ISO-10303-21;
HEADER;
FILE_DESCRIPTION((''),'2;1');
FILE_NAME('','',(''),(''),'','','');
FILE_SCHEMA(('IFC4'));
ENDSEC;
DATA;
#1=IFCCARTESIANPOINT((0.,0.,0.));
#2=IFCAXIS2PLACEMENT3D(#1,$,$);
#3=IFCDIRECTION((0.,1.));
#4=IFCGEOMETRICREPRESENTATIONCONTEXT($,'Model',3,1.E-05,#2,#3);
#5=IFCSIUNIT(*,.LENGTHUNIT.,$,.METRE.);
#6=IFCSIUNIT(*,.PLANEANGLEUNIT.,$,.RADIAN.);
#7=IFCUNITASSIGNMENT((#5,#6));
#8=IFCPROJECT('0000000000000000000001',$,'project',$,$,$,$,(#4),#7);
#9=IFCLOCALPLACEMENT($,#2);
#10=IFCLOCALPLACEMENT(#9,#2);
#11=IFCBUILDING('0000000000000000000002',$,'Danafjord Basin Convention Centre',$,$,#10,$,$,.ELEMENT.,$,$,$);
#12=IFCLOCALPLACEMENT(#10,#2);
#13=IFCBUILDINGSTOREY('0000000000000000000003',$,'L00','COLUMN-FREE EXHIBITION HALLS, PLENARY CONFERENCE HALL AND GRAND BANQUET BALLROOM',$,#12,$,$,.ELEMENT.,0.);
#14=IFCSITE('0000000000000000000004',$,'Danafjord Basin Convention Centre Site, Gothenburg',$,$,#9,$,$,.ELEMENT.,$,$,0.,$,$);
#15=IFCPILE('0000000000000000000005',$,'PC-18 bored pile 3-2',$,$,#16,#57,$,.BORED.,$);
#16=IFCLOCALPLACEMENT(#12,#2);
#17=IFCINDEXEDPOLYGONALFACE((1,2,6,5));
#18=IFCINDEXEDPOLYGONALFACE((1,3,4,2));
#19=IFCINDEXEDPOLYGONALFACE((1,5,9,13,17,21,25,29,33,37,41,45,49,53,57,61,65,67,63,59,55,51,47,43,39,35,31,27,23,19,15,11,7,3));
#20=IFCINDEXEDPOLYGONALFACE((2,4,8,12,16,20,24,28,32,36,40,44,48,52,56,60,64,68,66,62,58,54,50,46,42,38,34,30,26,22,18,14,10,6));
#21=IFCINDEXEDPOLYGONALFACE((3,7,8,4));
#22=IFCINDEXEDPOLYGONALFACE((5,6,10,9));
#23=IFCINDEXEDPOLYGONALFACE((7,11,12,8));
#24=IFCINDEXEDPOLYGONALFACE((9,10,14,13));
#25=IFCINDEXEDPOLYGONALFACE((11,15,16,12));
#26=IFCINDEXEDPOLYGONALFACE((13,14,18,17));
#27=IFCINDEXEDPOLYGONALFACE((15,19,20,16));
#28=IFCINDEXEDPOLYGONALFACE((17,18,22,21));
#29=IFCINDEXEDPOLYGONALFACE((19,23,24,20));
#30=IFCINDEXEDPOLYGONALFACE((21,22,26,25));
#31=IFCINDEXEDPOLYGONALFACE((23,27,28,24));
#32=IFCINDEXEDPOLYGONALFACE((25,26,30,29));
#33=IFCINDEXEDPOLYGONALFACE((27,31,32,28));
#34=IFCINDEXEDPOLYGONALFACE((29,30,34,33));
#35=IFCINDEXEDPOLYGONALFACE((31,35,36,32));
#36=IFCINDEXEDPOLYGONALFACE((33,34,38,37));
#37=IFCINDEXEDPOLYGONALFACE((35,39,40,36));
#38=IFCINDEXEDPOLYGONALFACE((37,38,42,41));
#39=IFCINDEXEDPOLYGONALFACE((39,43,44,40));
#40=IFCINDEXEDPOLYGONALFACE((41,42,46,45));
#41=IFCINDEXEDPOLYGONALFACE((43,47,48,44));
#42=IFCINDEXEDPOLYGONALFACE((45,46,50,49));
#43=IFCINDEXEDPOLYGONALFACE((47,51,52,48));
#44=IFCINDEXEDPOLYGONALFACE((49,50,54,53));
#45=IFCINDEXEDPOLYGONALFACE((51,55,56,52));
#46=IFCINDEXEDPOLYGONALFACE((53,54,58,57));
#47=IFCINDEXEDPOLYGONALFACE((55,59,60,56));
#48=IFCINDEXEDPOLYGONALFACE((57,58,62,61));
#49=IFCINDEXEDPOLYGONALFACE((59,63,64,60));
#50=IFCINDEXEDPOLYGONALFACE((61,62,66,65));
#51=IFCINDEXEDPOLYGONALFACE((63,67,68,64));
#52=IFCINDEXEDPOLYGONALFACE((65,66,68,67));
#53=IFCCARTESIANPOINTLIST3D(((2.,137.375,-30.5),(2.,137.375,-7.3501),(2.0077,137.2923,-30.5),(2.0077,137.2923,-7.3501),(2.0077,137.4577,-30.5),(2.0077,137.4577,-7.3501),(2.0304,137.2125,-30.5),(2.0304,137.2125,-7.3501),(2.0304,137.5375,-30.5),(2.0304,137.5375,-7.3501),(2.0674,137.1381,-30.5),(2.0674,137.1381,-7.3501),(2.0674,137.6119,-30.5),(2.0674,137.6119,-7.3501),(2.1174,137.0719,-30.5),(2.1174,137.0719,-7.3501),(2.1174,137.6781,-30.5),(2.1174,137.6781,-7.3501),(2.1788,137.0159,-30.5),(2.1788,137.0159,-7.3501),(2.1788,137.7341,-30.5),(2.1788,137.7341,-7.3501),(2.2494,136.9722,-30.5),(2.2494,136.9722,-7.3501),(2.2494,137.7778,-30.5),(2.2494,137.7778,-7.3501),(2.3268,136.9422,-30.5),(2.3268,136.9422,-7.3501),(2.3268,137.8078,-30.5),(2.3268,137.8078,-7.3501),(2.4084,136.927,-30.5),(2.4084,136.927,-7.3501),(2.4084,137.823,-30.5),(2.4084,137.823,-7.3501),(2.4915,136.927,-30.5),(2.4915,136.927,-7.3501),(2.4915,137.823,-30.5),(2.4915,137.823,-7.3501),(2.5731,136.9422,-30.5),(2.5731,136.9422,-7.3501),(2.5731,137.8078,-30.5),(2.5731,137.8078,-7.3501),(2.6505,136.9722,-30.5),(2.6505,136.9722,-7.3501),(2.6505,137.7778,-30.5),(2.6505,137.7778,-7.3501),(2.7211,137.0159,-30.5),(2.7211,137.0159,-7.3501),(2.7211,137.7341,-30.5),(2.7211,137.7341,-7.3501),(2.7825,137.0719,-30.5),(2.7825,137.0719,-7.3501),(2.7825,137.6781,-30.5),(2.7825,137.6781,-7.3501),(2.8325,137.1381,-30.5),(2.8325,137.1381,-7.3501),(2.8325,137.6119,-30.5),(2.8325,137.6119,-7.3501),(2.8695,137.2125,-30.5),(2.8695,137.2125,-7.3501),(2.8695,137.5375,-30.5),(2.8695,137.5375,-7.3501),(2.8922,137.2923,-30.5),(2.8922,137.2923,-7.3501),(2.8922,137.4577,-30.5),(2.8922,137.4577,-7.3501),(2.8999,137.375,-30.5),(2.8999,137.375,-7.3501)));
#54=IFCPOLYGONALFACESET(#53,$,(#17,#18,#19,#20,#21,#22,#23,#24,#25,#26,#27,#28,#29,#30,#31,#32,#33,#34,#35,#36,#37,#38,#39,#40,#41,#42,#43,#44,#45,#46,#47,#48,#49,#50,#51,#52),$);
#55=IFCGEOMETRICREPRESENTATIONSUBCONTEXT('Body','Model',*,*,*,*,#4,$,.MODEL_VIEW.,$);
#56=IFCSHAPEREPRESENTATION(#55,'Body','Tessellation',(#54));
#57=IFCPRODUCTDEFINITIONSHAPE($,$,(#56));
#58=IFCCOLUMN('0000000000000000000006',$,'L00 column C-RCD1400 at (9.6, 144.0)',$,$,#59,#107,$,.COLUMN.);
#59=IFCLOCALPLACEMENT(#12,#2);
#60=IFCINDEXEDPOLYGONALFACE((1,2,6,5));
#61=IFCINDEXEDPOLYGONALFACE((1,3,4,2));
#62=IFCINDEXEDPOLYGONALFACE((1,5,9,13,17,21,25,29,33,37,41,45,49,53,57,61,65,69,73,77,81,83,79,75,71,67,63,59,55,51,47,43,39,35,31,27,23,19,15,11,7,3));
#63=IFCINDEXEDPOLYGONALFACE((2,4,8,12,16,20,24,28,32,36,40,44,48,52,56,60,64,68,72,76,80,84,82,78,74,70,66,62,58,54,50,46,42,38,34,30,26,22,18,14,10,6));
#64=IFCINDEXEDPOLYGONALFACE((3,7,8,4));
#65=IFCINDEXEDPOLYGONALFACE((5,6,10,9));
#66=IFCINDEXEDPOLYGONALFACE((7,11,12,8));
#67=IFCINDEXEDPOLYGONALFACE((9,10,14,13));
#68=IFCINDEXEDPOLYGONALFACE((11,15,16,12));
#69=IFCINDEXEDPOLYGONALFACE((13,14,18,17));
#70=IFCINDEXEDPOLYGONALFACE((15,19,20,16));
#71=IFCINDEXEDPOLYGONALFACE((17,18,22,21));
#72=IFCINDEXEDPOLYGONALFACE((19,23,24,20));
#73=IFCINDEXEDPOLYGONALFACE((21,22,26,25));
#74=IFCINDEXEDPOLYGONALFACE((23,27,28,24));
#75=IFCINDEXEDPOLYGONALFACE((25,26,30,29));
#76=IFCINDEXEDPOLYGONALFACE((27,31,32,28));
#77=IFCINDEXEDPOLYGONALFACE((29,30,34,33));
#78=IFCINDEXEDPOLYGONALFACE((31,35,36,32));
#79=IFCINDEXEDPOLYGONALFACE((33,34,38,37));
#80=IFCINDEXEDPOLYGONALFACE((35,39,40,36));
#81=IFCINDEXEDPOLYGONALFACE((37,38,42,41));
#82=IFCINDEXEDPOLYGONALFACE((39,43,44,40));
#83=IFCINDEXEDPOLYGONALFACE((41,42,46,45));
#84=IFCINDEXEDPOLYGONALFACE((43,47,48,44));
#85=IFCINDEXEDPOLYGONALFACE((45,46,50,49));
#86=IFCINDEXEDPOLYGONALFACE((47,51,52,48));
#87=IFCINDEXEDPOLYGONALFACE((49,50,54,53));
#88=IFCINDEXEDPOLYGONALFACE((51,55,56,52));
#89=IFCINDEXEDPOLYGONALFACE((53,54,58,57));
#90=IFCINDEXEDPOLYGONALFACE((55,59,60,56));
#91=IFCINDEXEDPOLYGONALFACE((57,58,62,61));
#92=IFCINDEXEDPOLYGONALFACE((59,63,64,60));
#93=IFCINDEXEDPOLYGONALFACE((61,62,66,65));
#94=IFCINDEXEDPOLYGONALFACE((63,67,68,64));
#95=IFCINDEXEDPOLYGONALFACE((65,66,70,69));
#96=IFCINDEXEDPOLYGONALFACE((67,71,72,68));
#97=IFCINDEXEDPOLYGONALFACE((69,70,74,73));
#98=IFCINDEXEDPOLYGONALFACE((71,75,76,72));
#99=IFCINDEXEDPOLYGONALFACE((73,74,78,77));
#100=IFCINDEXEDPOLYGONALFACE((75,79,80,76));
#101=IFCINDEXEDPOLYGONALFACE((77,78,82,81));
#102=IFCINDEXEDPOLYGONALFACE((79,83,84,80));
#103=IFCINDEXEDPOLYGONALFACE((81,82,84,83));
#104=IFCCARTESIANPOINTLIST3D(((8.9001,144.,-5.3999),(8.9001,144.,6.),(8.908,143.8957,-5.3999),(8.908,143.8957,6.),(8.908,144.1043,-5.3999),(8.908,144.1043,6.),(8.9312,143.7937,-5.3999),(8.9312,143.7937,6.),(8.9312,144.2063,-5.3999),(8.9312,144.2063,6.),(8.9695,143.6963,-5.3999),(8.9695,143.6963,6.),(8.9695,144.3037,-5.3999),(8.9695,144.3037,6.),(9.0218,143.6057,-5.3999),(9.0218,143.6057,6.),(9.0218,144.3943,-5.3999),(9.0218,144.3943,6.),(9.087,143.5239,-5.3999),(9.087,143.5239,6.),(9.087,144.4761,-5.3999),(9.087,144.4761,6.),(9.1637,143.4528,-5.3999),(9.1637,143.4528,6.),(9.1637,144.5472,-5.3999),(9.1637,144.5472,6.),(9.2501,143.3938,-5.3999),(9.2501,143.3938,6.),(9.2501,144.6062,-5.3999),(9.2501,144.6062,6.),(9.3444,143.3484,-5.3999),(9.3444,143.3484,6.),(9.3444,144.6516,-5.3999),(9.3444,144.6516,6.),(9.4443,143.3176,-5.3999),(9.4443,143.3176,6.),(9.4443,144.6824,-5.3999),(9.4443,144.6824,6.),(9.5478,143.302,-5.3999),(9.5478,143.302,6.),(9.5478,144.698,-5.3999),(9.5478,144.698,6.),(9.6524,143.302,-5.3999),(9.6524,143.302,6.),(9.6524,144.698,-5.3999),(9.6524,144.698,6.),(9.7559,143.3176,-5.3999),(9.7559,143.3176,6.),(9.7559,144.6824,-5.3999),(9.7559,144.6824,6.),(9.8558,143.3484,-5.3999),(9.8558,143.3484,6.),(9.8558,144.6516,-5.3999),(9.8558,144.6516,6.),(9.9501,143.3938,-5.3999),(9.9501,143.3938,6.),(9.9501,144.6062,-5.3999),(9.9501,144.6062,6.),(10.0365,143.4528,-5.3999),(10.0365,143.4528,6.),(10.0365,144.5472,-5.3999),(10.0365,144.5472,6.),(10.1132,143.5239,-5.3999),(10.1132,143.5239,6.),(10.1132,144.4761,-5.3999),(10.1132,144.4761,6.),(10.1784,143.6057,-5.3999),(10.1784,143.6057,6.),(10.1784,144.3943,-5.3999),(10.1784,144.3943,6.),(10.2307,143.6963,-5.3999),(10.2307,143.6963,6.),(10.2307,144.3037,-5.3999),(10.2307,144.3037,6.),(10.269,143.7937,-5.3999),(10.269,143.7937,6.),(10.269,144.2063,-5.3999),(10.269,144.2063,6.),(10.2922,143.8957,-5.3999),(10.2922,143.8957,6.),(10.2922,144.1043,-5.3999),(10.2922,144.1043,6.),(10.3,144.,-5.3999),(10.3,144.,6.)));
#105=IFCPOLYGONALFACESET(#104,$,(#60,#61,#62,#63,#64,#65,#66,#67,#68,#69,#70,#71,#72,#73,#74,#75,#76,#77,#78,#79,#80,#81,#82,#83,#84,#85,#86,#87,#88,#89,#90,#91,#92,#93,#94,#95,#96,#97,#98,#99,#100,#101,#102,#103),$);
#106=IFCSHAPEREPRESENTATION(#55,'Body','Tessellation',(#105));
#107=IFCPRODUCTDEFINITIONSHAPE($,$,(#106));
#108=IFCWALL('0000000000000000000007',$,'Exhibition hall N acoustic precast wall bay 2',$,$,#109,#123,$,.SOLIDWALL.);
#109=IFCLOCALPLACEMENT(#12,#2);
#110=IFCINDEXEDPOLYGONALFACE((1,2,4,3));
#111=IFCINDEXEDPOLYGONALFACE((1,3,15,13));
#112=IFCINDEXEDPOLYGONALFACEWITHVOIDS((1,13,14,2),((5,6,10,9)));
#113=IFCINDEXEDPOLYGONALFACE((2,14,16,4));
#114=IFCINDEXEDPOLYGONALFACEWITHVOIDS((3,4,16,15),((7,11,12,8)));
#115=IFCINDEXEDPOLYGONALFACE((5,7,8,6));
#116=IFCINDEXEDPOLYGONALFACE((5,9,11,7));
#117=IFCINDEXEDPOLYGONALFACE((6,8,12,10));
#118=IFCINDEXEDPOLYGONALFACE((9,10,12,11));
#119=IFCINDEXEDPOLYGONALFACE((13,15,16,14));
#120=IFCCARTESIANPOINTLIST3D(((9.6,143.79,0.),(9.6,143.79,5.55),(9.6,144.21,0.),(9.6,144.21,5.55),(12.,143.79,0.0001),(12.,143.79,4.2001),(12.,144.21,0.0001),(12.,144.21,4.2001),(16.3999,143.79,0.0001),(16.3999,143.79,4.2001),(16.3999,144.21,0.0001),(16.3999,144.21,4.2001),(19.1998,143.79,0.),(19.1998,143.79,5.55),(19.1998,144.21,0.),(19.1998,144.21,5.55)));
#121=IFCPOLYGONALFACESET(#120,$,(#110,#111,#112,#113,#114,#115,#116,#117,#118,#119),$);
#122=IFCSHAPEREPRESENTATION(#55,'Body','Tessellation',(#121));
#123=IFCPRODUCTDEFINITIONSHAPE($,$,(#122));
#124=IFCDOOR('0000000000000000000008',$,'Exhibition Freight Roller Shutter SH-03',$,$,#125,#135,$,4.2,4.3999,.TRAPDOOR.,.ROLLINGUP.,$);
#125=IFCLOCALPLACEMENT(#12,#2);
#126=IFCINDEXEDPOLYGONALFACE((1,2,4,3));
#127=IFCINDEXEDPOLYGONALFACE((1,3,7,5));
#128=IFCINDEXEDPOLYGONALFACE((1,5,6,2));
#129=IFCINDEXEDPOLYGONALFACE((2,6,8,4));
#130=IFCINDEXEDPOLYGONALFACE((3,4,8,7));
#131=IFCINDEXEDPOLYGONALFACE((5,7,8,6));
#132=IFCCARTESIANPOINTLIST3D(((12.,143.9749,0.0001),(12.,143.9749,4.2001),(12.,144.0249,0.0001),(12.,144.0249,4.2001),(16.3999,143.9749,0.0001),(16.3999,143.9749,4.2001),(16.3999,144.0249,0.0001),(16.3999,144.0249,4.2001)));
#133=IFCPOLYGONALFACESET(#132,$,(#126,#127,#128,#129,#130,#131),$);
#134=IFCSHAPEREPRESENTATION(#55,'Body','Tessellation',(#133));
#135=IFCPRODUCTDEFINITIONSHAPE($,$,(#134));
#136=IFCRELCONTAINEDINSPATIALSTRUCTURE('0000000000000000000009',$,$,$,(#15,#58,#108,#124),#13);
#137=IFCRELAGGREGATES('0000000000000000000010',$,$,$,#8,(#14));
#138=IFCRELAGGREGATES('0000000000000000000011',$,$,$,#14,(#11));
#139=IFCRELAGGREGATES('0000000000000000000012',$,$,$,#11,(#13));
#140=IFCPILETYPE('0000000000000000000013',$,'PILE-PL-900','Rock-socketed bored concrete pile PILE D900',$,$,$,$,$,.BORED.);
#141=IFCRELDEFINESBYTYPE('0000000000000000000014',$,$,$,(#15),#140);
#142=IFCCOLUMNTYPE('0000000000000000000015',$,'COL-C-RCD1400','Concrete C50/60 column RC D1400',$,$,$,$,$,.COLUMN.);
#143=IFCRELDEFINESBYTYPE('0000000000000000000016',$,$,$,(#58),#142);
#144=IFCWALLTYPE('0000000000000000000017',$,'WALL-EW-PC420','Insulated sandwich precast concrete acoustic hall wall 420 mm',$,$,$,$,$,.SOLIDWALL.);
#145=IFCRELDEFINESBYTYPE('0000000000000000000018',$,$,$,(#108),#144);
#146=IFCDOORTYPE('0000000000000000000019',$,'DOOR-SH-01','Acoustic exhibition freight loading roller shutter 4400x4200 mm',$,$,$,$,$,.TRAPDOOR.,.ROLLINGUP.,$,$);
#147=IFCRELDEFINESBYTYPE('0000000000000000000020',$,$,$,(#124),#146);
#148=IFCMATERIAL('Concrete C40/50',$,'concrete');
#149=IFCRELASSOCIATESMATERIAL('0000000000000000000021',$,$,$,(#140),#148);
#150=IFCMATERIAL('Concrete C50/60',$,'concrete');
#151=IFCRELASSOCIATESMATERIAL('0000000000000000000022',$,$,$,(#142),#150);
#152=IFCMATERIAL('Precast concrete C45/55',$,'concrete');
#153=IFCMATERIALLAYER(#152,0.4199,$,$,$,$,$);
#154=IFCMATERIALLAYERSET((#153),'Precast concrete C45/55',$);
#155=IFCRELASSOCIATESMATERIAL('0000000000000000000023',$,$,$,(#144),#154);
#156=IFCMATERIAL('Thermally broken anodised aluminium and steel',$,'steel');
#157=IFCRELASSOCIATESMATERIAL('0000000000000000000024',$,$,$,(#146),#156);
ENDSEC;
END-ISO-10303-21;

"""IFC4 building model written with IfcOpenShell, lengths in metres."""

from ifc_helpers import new_model, si_unit, direction, frame, frame_2d, origin, origin_2d, place, context, subcontext, project, spatial, rectangle, circle, extrude, material, layer, layer_set, material_profile, profile_set, type_object, element, fill, save


model = new_model("IFC4")

# Units and contexts
model_context = context("Model", 3, precision=1e-05, world=origin(), true_north=direction((0.0, 1.0)))
body_context = subcontext(model_context, "Body", "Model", "MODEL_VIEW")
ifc_project = project(units=[si_unit("LENGTHUNIT", "METRE"), si_unit("PLANEANGLEUNIT", "RADIAN")], contexts=[model_context])

# Site, building, storey
site_placement = place(None, origin())
site = spatial("IfcSite", under=ifc_project, at=site_placement, Name="Danafjord Basin Convention Centre Site, Gothenburg", CompositionType="ELEMENT", RefElevation=0.0)
building_placement = place(site_placement, origin())
building = spatial("IfcBuilding", under=site, at=building_placement, Name="Danafjord Basin Convention Centre", CompositionType="ELEMENT")
storey_placement = place(building_placement, origin())
storey = spatial("IfcBuildingStorey", under=building, at=storey_placement, Name="L00", Description="COLUMN-FREE EXHIBITION HALLS, PLENARY CONFERENCE HALL AND GRAND BANQUET BALLROOM", CompositionType="ELEMENT", Elevation=0.0)

# Shared definitions
ifc_material_1 = material(Name="Concrete C40/50", Category="concrete")

# Pile
ifc_material_profile_1 = material_profile(ifc_material_1, circle(Radius=0.45, at=origin_2d()), Name="PILE D900")
ifc_profile_set_1 = profile_set([ifc_material_profile_1], Name="Concrete C40/50")
pile_type_1 = type_object("IfcPileType", Name="PILE-PL-900", Description="Rock-socketed bored concrete pile PILE D900", PredefinedType="BORED", material=ifc_profile_set_1)
pile_1_placement = place(storey_placement, frame((2.45, 137.375, -7.3501), z_axis=(0.0, 0.0, -1.0), x_axis=(1.0, 0.0, 0.0)))
element("IfcPile", 1, at=pile_1_placement, inside=storey, type_object=pile_type_1, Name="PC-18 bored pile 3-2", PredefinedType="BORED", context=body_context, shape_type="SweptSolid", body=[
    extrude(circle(Radius=0.45, at=origin_2d()), origin(), (0.0, 0.0, 1.0), 23.1499),
])

# Column
ifc_material_2 = material(Name="Concrete C50/60", Category="concrete")
ifc_material_profile_2 = material_profile(ifc_material_2, circle(Radius=0.7, at=origin_2d()), Name="RC D1400")
ifc_profile_set_2 = profile_set([ifc_material_profile_2], Name="Concrete C50/60")
column_type = type_object("IfcColumnType", Name="COL-C-RCD1400", Description="Concrete C50/60 column RC D1400", PredefinedType="COLUMN", material=ifc_profile_set_2)
column_placement = place(storey_placement, frame((9.6001, 144.0, -5.3999), z_axis=(0.0, 0.0, 1.0), x_axis=(1.0, 0.0, 0.0)))
element("IfcColumn", 2, at=column_placement, inside=storey, type_object=column_type, Name="L00 column C-RCD1400 at (9.6, 144.0)", PredefinedType="COLUMN", context=body_context, shape_type="SweptSolid", body=[
    extrude(circle(Radius=0.7, at=origin_2d()), origin(), (0.0, 0.0, 1.0), 11.3999),
])

# Wall, opening, door
ifc_material_3 = material(Name="Precast concrete C45/55", Category="concrete")
ifc_layer = layer(ifc_material_3, 0.4199)
ifc_layer_set = layer_set([ifc_layer], Name="Precast concrete C45/55")
wall_type = type_object("IfcWallType", Name="WALL-EW-PC420", Description="Insulated sandwich precast concrete acoustic hall wall 420 mm", PredefinedType="SOLIDWALL", material=ifc_layer_set)
wall_placement = place(storey_placement, frame((9.6001, 144.0, 0.0), z_axis=(0.0, 0.0, 1.0), x_axis=(1.0, 0.0, 0.0)))
wall = element("IfcWall", 3, at=wall_placement, inside=storey, type_object=wall_type, Name="Exhibition hall N acoustic precast wall bay 2", PredefinedType="SOLIDWALL", context=body_context, shape_type="SweptSolid", body=[
    extrude(rectangle(XDim=9.5999, YDim=0.4199, at=frame_2d((4.7998, 0.0))), origin(), (0.0, 0.0, 1.0), 5.55),
])
opening_placement = place(wall_placement, frame((2.3999, 0.0, 0.0)))
opening = element("IfcOpeningElement", 4, at=opening_placement, cuts=wall, PredefinedType="OPENING", context=body_context, shape_type="SweptSolid", body=[
    extrude(rectangle(XDim=4.3999, YDim=4.2, at=frame_2d((2.2, 2.1001))), frame((0.0, 0.22, 0.0), z_axis=(0.0, -1.0, 0.0), x_axis=(1.0, 0.0, 0.0)), (0.0, 0.0, 1.0), 0.4399),
])
ifc_material_4 = material(Name="Thermally broken anodised aluminium and steel", Category="steel")
door_type = type_object("IfcDoorType", Name="DOOR-SH-01", Description="Acoustic exhibition freight loading roller shutter 4400x4200 mm", OperationType="ROLLINGUP", PredefinedType="TRAPDOOR", material=ifc_material_4)
door_placement = place(opening_placement, origin())
door = element("IfcDoor", 5, at=door_placement, inside=storey, type_object=door_type, Name="Exhibition Freight Roller Shutter SH-03", OperationType="ROLLINGUP", OverallHeight=4.2, OverallWidth=4.3999, PredefinedType="TRAPDOOR", context=body_context, shape_type="SweptSolid", body=[
    extrude(rectangle(XDim=4.3999, YDim=4.2, at=frame_2d((2.2, 2.1001))), frame((0.0, 0.0249, 0.0), z_axis=(0.0, -1.0, 0.0), x_axis=(1.0, 0.0, 0.0)), (0.0, 0.0, 1.0), 0.05),
])
fill(opening, door)

save(model, "model.ifc")
